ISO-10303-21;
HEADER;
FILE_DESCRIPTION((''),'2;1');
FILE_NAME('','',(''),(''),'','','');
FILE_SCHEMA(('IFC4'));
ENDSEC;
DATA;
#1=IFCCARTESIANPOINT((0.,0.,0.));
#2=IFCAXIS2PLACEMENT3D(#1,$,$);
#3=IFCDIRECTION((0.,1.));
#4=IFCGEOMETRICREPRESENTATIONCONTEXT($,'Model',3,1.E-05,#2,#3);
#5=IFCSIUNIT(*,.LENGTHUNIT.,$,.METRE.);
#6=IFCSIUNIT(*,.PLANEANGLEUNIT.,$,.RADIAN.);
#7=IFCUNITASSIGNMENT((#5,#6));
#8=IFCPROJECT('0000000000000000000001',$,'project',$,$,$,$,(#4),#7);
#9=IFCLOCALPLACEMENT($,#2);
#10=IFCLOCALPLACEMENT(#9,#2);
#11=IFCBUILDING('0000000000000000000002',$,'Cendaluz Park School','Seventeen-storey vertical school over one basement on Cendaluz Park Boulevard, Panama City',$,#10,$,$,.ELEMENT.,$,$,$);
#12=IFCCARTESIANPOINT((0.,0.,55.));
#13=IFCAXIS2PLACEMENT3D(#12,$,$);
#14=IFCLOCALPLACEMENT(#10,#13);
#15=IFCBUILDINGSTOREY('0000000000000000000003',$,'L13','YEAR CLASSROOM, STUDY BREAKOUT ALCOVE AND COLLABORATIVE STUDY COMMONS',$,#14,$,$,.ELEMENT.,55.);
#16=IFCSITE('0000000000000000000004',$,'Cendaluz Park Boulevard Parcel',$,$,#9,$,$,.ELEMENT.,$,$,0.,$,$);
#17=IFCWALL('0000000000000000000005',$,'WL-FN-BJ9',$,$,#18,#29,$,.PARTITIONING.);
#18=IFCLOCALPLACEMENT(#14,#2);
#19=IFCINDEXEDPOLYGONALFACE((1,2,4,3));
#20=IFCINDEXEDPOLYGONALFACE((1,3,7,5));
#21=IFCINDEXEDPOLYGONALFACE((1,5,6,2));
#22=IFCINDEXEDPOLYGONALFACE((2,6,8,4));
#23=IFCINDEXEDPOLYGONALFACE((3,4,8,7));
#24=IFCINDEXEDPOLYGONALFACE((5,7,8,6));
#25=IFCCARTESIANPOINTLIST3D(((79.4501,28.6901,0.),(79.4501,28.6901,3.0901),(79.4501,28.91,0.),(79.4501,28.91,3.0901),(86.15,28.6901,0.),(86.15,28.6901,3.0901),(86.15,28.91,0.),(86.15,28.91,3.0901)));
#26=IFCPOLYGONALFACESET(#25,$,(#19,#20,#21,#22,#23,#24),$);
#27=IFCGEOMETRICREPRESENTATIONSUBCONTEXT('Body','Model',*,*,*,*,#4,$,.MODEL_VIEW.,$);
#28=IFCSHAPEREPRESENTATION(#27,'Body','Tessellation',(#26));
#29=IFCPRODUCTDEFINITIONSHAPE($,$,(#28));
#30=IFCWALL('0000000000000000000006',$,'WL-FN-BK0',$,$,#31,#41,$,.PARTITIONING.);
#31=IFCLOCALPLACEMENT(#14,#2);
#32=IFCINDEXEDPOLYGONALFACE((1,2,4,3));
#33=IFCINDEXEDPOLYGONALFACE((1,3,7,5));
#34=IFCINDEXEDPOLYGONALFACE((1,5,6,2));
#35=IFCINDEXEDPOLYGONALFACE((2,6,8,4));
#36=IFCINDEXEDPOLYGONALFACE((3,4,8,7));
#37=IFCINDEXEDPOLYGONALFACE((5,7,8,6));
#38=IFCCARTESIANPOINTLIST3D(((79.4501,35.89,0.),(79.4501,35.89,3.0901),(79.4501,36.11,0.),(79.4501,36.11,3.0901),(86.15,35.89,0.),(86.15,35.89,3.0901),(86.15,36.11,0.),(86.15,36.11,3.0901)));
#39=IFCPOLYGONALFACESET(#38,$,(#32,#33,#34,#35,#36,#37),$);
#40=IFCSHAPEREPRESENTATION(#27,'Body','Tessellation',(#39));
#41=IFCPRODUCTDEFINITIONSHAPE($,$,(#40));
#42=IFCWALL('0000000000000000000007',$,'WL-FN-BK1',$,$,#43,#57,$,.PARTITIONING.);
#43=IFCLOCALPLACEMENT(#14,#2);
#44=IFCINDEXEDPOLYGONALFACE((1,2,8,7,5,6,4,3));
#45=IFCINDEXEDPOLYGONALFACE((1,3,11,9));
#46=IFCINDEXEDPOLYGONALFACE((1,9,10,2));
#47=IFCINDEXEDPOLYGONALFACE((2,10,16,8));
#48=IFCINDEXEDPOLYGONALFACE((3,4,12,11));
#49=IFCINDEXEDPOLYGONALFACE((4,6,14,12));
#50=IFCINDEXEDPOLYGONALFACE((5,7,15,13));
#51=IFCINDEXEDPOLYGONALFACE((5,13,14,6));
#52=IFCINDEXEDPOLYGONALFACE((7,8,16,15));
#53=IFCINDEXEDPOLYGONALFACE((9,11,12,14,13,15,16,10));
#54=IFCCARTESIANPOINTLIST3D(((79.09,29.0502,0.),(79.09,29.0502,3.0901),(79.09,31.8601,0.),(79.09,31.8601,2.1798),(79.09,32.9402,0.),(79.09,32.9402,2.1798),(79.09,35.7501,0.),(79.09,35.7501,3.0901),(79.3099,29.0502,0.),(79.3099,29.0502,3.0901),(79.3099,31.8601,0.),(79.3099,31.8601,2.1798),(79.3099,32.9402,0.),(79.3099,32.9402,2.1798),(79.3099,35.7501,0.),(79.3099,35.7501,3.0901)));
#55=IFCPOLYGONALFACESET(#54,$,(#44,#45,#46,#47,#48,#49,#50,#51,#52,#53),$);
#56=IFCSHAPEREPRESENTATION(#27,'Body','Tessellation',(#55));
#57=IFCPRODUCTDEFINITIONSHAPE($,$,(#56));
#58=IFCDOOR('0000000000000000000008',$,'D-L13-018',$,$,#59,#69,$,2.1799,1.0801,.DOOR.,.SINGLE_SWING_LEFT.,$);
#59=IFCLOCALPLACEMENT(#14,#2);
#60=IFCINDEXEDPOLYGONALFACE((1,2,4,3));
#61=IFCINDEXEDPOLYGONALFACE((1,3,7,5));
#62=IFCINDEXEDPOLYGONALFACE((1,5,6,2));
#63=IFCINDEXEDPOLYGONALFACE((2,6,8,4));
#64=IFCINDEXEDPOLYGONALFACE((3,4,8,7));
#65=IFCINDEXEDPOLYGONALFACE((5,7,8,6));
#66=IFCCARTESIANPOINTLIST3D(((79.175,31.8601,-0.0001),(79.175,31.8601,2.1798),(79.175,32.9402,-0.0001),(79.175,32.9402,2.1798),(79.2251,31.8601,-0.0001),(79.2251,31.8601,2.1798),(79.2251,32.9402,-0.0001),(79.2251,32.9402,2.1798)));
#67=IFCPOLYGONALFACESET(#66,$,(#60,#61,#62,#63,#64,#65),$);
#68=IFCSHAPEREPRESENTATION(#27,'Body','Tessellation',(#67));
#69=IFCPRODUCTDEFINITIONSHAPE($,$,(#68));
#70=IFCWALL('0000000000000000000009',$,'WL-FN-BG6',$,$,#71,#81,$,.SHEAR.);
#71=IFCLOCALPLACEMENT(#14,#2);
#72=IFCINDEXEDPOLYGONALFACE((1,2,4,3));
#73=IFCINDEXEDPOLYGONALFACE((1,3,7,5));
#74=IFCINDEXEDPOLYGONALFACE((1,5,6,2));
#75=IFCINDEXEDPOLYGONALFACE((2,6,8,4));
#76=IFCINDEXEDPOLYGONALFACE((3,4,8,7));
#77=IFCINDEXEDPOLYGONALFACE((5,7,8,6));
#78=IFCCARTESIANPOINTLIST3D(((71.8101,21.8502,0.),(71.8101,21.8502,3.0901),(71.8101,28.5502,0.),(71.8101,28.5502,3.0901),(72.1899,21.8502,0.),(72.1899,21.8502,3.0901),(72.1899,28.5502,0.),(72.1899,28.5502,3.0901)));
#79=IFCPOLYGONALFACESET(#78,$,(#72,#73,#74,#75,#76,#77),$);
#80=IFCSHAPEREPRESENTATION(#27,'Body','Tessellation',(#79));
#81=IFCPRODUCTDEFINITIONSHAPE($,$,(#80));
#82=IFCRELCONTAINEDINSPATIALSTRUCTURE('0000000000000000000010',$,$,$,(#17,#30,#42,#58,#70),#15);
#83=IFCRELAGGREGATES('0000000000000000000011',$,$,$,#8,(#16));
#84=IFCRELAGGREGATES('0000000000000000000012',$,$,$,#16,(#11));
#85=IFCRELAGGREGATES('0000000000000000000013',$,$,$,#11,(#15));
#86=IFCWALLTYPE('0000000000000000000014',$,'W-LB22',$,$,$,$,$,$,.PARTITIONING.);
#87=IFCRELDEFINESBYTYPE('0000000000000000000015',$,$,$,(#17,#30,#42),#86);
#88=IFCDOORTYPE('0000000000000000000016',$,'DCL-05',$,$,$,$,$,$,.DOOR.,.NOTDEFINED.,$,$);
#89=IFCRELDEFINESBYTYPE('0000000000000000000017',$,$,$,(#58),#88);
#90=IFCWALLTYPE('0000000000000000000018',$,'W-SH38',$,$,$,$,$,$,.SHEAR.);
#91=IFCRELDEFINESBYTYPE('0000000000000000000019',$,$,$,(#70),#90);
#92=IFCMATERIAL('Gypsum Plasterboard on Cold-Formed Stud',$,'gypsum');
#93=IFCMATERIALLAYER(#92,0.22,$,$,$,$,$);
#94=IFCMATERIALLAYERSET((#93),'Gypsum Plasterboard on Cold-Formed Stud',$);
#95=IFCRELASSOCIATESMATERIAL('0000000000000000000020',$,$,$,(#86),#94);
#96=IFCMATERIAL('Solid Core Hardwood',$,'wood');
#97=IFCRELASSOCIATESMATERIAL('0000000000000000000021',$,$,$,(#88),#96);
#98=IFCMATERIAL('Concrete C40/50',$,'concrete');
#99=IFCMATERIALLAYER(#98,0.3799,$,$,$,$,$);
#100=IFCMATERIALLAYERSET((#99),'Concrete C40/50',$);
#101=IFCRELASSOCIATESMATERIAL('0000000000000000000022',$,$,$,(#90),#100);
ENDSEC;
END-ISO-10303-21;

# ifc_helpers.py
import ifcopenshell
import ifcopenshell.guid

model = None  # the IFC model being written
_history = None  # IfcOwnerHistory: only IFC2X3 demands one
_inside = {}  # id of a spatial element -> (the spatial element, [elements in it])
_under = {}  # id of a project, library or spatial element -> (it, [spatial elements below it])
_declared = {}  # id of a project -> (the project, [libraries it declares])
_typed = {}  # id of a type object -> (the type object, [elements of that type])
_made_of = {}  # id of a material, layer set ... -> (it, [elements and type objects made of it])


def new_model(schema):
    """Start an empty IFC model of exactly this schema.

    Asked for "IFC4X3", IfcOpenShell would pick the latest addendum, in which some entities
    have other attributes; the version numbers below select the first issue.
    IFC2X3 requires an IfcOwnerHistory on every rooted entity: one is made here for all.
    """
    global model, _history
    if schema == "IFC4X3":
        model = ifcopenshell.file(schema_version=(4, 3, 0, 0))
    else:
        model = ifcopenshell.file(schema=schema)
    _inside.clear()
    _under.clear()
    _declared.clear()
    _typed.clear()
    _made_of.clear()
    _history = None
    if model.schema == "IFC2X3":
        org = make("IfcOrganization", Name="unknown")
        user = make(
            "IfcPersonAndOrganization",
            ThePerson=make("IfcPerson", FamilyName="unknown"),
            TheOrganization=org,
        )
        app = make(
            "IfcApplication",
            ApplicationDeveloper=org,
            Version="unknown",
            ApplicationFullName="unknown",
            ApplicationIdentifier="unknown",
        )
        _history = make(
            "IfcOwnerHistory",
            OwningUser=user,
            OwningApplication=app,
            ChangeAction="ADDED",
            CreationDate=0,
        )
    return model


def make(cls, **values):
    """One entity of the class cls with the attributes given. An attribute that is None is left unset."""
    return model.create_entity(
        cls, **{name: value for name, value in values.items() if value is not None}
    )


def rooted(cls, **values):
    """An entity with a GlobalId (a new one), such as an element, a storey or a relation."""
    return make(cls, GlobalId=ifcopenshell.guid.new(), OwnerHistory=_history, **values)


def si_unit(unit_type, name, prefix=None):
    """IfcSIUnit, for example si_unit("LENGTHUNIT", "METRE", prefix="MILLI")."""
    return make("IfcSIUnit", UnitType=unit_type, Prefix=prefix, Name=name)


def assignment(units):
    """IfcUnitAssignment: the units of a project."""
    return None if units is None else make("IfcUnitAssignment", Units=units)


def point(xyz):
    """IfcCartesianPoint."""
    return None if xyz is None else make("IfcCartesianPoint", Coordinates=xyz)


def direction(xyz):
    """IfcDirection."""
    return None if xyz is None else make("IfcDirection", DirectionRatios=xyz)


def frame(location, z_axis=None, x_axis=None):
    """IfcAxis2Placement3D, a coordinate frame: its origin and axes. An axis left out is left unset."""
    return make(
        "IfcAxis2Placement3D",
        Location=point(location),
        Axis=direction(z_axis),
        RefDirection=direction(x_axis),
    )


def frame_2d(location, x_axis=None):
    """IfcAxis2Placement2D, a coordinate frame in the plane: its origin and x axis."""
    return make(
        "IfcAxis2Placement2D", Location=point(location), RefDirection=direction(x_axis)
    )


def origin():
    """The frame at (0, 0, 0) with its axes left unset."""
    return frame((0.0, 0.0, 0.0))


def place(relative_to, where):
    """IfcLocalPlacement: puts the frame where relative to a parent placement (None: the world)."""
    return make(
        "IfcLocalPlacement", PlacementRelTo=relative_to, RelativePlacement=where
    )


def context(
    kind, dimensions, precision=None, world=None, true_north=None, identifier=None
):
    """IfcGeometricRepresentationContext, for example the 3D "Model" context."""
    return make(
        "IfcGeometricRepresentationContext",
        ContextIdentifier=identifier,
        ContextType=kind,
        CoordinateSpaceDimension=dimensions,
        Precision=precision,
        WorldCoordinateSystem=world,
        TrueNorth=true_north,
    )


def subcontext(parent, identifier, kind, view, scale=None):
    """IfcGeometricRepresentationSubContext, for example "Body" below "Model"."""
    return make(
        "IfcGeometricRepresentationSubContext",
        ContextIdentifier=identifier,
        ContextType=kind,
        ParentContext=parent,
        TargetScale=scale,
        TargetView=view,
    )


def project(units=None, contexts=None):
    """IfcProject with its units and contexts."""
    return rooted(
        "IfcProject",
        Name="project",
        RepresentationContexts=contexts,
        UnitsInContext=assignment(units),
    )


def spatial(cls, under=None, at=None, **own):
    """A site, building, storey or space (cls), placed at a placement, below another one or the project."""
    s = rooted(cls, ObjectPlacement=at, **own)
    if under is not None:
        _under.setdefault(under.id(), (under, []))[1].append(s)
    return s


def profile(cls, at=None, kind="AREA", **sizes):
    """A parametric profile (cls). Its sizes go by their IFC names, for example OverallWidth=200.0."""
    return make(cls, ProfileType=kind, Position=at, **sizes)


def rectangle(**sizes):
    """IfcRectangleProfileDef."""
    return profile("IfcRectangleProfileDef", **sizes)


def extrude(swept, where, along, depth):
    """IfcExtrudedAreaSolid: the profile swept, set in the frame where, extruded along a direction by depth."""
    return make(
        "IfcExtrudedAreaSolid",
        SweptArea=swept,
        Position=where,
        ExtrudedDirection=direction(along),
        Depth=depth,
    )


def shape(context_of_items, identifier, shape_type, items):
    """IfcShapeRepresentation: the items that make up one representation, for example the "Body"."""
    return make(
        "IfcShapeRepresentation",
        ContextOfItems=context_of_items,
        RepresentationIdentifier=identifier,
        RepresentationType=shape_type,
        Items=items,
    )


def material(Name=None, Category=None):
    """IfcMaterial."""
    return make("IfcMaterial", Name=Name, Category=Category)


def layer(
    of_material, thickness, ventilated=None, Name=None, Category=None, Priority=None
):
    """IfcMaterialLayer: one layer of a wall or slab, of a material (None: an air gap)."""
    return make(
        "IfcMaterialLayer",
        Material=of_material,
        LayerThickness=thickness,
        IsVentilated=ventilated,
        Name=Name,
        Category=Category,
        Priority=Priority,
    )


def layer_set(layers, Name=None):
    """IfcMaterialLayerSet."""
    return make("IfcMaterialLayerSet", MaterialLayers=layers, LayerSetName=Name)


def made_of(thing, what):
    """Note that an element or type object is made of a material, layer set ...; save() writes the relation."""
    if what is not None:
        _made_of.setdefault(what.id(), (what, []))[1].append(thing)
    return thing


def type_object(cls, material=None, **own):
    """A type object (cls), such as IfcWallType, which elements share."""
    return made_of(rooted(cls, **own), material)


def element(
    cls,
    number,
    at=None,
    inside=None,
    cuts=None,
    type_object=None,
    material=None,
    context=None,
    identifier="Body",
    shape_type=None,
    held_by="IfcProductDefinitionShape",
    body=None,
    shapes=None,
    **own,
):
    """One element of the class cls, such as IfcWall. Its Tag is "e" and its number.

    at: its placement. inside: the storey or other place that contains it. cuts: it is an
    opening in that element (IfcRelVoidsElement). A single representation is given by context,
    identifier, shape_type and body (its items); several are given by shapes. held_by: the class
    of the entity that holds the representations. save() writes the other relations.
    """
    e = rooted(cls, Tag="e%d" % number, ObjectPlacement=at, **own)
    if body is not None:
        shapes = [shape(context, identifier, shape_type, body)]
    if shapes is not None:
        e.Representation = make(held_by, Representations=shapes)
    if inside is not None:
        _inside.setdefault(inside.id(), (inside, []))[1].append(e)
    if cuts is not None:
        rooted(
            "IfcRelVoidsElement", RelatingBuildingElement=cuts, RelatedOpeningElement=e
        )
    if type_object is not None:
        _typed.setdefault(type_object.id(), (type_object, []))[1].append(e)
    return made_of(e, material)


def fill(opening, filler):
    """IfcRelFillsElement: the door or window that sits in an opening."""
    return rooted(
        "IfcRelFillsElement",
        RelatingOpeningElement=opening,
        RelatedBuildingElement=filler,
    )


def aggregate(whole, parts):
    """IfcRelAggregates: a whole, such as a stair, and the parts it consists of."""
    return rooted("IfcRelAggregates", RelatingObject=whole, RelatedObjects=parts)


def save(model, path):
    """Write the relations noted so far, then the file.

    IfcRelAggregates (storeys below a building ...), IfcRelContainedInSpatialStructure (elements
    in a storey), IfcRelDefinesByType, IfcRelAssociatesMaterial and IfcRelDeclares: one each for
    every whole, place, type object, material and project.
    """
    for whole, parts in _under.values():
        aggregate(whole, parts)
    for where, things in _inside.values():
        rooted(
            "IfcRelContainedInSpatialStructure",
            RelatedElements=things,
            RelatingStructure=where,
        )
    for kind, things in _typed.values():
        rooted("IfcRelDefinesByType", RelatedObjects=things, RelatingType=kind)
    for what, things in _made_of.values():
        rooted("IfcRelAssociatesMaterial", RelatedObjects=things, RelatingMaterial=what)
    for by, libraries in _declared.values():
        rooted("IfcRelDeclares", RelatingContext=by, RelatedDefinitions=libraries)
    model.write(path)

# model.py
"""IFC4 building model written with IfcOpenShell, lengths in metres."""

from ifc_helpers import new_model, si_unit, direction, frame, frame_2d, origin, place, context, subcontext, project, spatial, rectangle, extrude, material, layer, layer_set, type_object, element, fill, save


model = new_model("IFC4")

# Units and contexts
model_context = context("Model", 3, precision=1e-05, world=origin(), true_north=direction((0.0, 1.0)))
body_context = subcontext(model_context, "Body", "Model", "MODEL_VIEW")
ifc_project = project(units=[si_unit("LENGTHUNIT", "METRE"), si_unit("PLANEANGLEUNIT", "RADIAN")], contexts=[model_context])

# Site, building, storey
site_placement = place(None, origin())
site = spatial("IfcSite", under=ifc_project, at=site_placement, Name="Cendaluz Park Boulevard Parcel", CompositionType="ELEMENT", RefElevation=0.0)
building_placement = place(site_placement, origin())
building = spatial("IfcBuilding", under=site, at=building_placement, Name="Cendaluz Park School", Description="Seventeen-storey vertical school over one basement on Cendaluz Park Boulevard, Panama City", CompositionType="ELEMENT")
storey_placement = place(building_placement, frame((0.0, 0.0, 55.0)))
storey = spatial("IfcBuildingStorey", under=building, at=storey_placement, Name="L13", Description="YEAR CLASSROOM, STUDY BREAKOUT ALCOVE AND COLLABORATIVE STUDY COMMONS", CompositionType="ELEMENT", Elevation=55.0)

# Shared definitions
ifc_material_1 = material(Name="Gypsum Plasterboard on Cold-Formed Stud", Category="gypsum")
ifc_material_2 = material(Name="Solid Core Hardwood", Category="wood")

# Walls
ifc_layer_1 = layer(ifc_material_1, 0.22)
ifc_layer_set_1 = layer_set([ifc_layer_1], Name="Gypsum Plasterboard on Cold-Formed Stud")
wall_type_1 = type_object("IfcWallType", Name="W-LB22", PredefinedType="PARTITIONING", material=ifc_layer_set_1)
for number, where, z_axis, x_axis, name in (
    (1, (79.45, 28.8, 0.0), (0.0, 0.0, 1.0), (1.0, 0.0, 0.0), "WL-FN-BJ9"),
    (2, (79.45, 36.0, 0.0), (0.0, 0.0, 1.0), (1.0, 0.0, 0.0), "WL-FN-BK0"),
):
    element("IfcWall", number, at=place(storey_placement, frame(where, z_axis=z_axis, x_axis=x_axis)), inside=storey, type_object=wall_type_1, Name=name, PredefinedType="PARTITIONING", context=body_context, shape_type="SweptSolid", body=[
        extrude(rectangle(XDim=6.7, YDim=0.22, at=frame_2d((3.3501, 0.0))), origin(), (0.0, 0.0, 1.0), 3.0901),
    ])

# Wall, opening, door
wall_1_placement = place(storey_placement, frame((79.2, 29.05, 0.0), z_axis=(0.0, 0.0, 1.0), x_axis=(0.0, 1.0, 0.0)))
wall_1 = element("IfcWall", 3, at=wall_1_placement, inside=storey, type_object=wall_type_1, Name="WL-FN-BK1", PredefinedType="PARTITIONING", context=body_context, shape_type="SweptSolid", body=[
    extrude(rectangle(XDim=6.7, YDim=0.22, at=frame_2d((3.3501, 0.0))), origin(), (0.0, 0.0, 1.0), 3.0901),
])
opening_1_placement = place(wall_1_placement, frame((2.8101, 0.0, 0.0)))
opening_1 = element("IfcOpeningElement", 4, at=opening_1_placement, cuts=wall_1, PredefinedType="OPENING", context=body_context, shape_type="SweptSolid", body=[
    extrude(rectangle(XDim=1.0801, YDim=2.1799, at=frame_2d((0.54, 1.0898))), frame((0.0, 0.1221, 0.0), z_axis=(0.0, -1.0, 0.0), x_axis=(1.0, 0.0, 0.0)), (0.0, 0.0, 1.0), 0.2439),
])
door_type_1 = type_object("IfcDoorType", Name="DCL-05", OperationType="NOTDEFINED", PredefinedType="DOOR", material=ifc_material_2)
door_1_placement = place(opening_1_placement, origin())
door_1 = element("IfcDoor", 5, at=door_1_placement, inside=storey, type_object=door_type_1, Name="D-L13-018", OperationType="SINGLE_SWING_LEFT", OverallHeight=2.1799, OverallWidth=1.0801, PredefinedType="DOOR", context=body_context, shape_type="SweptSolid", body=[
    extrude(rectangle(XDim=1.0801, YDim=2.1799, at=frame_2d((0.54, 1.0898))), frame((0.0, 0.0249, 0.0), z_axis=(0.0, -1.0, 0.0), x_axis=(1.0, 0.0, 0.0)), (0.0, 0.0, 1.0), 0.05),
])
fill(opening_1, door_1)

# Wall
ifc_material_3 = material(Name="Concrete C40/50", Category="concrete")
ifc_layer_2 = layer(ifc_material_3, 0.3799)
ifc_layer_set_2 = layer_set([ifc_layer_2], Name="Concrete C40/50")
wall_type_2 = type_object("IfcWallType", Name="W-SH38", PredefinedType="SHEAR", material=ifc_layer_set_2)
wall_2_placement = place(storey_placement, frame((72.0, 21.8501, 0.0), z_axis=(0.0, 0.0, 1.0), x_axis=(0.0, 1.0, 0.0)))
element("IfcWall", 6, at=wall_2_placement, inside=storey, type_object=wall_type_2, Name="WL-FN-BG6", PredefinedType="SHEAR", context=body_context, shape_type="SweptSolid", body=[
    extrude(rectangle(XDim=6.7, YDim=0.3799, at=frame_2d((3.3501, 0.0))), origin(), (0.0, 0.0, 1.0), 3.0901),
])

save(model, "model.ifc")
